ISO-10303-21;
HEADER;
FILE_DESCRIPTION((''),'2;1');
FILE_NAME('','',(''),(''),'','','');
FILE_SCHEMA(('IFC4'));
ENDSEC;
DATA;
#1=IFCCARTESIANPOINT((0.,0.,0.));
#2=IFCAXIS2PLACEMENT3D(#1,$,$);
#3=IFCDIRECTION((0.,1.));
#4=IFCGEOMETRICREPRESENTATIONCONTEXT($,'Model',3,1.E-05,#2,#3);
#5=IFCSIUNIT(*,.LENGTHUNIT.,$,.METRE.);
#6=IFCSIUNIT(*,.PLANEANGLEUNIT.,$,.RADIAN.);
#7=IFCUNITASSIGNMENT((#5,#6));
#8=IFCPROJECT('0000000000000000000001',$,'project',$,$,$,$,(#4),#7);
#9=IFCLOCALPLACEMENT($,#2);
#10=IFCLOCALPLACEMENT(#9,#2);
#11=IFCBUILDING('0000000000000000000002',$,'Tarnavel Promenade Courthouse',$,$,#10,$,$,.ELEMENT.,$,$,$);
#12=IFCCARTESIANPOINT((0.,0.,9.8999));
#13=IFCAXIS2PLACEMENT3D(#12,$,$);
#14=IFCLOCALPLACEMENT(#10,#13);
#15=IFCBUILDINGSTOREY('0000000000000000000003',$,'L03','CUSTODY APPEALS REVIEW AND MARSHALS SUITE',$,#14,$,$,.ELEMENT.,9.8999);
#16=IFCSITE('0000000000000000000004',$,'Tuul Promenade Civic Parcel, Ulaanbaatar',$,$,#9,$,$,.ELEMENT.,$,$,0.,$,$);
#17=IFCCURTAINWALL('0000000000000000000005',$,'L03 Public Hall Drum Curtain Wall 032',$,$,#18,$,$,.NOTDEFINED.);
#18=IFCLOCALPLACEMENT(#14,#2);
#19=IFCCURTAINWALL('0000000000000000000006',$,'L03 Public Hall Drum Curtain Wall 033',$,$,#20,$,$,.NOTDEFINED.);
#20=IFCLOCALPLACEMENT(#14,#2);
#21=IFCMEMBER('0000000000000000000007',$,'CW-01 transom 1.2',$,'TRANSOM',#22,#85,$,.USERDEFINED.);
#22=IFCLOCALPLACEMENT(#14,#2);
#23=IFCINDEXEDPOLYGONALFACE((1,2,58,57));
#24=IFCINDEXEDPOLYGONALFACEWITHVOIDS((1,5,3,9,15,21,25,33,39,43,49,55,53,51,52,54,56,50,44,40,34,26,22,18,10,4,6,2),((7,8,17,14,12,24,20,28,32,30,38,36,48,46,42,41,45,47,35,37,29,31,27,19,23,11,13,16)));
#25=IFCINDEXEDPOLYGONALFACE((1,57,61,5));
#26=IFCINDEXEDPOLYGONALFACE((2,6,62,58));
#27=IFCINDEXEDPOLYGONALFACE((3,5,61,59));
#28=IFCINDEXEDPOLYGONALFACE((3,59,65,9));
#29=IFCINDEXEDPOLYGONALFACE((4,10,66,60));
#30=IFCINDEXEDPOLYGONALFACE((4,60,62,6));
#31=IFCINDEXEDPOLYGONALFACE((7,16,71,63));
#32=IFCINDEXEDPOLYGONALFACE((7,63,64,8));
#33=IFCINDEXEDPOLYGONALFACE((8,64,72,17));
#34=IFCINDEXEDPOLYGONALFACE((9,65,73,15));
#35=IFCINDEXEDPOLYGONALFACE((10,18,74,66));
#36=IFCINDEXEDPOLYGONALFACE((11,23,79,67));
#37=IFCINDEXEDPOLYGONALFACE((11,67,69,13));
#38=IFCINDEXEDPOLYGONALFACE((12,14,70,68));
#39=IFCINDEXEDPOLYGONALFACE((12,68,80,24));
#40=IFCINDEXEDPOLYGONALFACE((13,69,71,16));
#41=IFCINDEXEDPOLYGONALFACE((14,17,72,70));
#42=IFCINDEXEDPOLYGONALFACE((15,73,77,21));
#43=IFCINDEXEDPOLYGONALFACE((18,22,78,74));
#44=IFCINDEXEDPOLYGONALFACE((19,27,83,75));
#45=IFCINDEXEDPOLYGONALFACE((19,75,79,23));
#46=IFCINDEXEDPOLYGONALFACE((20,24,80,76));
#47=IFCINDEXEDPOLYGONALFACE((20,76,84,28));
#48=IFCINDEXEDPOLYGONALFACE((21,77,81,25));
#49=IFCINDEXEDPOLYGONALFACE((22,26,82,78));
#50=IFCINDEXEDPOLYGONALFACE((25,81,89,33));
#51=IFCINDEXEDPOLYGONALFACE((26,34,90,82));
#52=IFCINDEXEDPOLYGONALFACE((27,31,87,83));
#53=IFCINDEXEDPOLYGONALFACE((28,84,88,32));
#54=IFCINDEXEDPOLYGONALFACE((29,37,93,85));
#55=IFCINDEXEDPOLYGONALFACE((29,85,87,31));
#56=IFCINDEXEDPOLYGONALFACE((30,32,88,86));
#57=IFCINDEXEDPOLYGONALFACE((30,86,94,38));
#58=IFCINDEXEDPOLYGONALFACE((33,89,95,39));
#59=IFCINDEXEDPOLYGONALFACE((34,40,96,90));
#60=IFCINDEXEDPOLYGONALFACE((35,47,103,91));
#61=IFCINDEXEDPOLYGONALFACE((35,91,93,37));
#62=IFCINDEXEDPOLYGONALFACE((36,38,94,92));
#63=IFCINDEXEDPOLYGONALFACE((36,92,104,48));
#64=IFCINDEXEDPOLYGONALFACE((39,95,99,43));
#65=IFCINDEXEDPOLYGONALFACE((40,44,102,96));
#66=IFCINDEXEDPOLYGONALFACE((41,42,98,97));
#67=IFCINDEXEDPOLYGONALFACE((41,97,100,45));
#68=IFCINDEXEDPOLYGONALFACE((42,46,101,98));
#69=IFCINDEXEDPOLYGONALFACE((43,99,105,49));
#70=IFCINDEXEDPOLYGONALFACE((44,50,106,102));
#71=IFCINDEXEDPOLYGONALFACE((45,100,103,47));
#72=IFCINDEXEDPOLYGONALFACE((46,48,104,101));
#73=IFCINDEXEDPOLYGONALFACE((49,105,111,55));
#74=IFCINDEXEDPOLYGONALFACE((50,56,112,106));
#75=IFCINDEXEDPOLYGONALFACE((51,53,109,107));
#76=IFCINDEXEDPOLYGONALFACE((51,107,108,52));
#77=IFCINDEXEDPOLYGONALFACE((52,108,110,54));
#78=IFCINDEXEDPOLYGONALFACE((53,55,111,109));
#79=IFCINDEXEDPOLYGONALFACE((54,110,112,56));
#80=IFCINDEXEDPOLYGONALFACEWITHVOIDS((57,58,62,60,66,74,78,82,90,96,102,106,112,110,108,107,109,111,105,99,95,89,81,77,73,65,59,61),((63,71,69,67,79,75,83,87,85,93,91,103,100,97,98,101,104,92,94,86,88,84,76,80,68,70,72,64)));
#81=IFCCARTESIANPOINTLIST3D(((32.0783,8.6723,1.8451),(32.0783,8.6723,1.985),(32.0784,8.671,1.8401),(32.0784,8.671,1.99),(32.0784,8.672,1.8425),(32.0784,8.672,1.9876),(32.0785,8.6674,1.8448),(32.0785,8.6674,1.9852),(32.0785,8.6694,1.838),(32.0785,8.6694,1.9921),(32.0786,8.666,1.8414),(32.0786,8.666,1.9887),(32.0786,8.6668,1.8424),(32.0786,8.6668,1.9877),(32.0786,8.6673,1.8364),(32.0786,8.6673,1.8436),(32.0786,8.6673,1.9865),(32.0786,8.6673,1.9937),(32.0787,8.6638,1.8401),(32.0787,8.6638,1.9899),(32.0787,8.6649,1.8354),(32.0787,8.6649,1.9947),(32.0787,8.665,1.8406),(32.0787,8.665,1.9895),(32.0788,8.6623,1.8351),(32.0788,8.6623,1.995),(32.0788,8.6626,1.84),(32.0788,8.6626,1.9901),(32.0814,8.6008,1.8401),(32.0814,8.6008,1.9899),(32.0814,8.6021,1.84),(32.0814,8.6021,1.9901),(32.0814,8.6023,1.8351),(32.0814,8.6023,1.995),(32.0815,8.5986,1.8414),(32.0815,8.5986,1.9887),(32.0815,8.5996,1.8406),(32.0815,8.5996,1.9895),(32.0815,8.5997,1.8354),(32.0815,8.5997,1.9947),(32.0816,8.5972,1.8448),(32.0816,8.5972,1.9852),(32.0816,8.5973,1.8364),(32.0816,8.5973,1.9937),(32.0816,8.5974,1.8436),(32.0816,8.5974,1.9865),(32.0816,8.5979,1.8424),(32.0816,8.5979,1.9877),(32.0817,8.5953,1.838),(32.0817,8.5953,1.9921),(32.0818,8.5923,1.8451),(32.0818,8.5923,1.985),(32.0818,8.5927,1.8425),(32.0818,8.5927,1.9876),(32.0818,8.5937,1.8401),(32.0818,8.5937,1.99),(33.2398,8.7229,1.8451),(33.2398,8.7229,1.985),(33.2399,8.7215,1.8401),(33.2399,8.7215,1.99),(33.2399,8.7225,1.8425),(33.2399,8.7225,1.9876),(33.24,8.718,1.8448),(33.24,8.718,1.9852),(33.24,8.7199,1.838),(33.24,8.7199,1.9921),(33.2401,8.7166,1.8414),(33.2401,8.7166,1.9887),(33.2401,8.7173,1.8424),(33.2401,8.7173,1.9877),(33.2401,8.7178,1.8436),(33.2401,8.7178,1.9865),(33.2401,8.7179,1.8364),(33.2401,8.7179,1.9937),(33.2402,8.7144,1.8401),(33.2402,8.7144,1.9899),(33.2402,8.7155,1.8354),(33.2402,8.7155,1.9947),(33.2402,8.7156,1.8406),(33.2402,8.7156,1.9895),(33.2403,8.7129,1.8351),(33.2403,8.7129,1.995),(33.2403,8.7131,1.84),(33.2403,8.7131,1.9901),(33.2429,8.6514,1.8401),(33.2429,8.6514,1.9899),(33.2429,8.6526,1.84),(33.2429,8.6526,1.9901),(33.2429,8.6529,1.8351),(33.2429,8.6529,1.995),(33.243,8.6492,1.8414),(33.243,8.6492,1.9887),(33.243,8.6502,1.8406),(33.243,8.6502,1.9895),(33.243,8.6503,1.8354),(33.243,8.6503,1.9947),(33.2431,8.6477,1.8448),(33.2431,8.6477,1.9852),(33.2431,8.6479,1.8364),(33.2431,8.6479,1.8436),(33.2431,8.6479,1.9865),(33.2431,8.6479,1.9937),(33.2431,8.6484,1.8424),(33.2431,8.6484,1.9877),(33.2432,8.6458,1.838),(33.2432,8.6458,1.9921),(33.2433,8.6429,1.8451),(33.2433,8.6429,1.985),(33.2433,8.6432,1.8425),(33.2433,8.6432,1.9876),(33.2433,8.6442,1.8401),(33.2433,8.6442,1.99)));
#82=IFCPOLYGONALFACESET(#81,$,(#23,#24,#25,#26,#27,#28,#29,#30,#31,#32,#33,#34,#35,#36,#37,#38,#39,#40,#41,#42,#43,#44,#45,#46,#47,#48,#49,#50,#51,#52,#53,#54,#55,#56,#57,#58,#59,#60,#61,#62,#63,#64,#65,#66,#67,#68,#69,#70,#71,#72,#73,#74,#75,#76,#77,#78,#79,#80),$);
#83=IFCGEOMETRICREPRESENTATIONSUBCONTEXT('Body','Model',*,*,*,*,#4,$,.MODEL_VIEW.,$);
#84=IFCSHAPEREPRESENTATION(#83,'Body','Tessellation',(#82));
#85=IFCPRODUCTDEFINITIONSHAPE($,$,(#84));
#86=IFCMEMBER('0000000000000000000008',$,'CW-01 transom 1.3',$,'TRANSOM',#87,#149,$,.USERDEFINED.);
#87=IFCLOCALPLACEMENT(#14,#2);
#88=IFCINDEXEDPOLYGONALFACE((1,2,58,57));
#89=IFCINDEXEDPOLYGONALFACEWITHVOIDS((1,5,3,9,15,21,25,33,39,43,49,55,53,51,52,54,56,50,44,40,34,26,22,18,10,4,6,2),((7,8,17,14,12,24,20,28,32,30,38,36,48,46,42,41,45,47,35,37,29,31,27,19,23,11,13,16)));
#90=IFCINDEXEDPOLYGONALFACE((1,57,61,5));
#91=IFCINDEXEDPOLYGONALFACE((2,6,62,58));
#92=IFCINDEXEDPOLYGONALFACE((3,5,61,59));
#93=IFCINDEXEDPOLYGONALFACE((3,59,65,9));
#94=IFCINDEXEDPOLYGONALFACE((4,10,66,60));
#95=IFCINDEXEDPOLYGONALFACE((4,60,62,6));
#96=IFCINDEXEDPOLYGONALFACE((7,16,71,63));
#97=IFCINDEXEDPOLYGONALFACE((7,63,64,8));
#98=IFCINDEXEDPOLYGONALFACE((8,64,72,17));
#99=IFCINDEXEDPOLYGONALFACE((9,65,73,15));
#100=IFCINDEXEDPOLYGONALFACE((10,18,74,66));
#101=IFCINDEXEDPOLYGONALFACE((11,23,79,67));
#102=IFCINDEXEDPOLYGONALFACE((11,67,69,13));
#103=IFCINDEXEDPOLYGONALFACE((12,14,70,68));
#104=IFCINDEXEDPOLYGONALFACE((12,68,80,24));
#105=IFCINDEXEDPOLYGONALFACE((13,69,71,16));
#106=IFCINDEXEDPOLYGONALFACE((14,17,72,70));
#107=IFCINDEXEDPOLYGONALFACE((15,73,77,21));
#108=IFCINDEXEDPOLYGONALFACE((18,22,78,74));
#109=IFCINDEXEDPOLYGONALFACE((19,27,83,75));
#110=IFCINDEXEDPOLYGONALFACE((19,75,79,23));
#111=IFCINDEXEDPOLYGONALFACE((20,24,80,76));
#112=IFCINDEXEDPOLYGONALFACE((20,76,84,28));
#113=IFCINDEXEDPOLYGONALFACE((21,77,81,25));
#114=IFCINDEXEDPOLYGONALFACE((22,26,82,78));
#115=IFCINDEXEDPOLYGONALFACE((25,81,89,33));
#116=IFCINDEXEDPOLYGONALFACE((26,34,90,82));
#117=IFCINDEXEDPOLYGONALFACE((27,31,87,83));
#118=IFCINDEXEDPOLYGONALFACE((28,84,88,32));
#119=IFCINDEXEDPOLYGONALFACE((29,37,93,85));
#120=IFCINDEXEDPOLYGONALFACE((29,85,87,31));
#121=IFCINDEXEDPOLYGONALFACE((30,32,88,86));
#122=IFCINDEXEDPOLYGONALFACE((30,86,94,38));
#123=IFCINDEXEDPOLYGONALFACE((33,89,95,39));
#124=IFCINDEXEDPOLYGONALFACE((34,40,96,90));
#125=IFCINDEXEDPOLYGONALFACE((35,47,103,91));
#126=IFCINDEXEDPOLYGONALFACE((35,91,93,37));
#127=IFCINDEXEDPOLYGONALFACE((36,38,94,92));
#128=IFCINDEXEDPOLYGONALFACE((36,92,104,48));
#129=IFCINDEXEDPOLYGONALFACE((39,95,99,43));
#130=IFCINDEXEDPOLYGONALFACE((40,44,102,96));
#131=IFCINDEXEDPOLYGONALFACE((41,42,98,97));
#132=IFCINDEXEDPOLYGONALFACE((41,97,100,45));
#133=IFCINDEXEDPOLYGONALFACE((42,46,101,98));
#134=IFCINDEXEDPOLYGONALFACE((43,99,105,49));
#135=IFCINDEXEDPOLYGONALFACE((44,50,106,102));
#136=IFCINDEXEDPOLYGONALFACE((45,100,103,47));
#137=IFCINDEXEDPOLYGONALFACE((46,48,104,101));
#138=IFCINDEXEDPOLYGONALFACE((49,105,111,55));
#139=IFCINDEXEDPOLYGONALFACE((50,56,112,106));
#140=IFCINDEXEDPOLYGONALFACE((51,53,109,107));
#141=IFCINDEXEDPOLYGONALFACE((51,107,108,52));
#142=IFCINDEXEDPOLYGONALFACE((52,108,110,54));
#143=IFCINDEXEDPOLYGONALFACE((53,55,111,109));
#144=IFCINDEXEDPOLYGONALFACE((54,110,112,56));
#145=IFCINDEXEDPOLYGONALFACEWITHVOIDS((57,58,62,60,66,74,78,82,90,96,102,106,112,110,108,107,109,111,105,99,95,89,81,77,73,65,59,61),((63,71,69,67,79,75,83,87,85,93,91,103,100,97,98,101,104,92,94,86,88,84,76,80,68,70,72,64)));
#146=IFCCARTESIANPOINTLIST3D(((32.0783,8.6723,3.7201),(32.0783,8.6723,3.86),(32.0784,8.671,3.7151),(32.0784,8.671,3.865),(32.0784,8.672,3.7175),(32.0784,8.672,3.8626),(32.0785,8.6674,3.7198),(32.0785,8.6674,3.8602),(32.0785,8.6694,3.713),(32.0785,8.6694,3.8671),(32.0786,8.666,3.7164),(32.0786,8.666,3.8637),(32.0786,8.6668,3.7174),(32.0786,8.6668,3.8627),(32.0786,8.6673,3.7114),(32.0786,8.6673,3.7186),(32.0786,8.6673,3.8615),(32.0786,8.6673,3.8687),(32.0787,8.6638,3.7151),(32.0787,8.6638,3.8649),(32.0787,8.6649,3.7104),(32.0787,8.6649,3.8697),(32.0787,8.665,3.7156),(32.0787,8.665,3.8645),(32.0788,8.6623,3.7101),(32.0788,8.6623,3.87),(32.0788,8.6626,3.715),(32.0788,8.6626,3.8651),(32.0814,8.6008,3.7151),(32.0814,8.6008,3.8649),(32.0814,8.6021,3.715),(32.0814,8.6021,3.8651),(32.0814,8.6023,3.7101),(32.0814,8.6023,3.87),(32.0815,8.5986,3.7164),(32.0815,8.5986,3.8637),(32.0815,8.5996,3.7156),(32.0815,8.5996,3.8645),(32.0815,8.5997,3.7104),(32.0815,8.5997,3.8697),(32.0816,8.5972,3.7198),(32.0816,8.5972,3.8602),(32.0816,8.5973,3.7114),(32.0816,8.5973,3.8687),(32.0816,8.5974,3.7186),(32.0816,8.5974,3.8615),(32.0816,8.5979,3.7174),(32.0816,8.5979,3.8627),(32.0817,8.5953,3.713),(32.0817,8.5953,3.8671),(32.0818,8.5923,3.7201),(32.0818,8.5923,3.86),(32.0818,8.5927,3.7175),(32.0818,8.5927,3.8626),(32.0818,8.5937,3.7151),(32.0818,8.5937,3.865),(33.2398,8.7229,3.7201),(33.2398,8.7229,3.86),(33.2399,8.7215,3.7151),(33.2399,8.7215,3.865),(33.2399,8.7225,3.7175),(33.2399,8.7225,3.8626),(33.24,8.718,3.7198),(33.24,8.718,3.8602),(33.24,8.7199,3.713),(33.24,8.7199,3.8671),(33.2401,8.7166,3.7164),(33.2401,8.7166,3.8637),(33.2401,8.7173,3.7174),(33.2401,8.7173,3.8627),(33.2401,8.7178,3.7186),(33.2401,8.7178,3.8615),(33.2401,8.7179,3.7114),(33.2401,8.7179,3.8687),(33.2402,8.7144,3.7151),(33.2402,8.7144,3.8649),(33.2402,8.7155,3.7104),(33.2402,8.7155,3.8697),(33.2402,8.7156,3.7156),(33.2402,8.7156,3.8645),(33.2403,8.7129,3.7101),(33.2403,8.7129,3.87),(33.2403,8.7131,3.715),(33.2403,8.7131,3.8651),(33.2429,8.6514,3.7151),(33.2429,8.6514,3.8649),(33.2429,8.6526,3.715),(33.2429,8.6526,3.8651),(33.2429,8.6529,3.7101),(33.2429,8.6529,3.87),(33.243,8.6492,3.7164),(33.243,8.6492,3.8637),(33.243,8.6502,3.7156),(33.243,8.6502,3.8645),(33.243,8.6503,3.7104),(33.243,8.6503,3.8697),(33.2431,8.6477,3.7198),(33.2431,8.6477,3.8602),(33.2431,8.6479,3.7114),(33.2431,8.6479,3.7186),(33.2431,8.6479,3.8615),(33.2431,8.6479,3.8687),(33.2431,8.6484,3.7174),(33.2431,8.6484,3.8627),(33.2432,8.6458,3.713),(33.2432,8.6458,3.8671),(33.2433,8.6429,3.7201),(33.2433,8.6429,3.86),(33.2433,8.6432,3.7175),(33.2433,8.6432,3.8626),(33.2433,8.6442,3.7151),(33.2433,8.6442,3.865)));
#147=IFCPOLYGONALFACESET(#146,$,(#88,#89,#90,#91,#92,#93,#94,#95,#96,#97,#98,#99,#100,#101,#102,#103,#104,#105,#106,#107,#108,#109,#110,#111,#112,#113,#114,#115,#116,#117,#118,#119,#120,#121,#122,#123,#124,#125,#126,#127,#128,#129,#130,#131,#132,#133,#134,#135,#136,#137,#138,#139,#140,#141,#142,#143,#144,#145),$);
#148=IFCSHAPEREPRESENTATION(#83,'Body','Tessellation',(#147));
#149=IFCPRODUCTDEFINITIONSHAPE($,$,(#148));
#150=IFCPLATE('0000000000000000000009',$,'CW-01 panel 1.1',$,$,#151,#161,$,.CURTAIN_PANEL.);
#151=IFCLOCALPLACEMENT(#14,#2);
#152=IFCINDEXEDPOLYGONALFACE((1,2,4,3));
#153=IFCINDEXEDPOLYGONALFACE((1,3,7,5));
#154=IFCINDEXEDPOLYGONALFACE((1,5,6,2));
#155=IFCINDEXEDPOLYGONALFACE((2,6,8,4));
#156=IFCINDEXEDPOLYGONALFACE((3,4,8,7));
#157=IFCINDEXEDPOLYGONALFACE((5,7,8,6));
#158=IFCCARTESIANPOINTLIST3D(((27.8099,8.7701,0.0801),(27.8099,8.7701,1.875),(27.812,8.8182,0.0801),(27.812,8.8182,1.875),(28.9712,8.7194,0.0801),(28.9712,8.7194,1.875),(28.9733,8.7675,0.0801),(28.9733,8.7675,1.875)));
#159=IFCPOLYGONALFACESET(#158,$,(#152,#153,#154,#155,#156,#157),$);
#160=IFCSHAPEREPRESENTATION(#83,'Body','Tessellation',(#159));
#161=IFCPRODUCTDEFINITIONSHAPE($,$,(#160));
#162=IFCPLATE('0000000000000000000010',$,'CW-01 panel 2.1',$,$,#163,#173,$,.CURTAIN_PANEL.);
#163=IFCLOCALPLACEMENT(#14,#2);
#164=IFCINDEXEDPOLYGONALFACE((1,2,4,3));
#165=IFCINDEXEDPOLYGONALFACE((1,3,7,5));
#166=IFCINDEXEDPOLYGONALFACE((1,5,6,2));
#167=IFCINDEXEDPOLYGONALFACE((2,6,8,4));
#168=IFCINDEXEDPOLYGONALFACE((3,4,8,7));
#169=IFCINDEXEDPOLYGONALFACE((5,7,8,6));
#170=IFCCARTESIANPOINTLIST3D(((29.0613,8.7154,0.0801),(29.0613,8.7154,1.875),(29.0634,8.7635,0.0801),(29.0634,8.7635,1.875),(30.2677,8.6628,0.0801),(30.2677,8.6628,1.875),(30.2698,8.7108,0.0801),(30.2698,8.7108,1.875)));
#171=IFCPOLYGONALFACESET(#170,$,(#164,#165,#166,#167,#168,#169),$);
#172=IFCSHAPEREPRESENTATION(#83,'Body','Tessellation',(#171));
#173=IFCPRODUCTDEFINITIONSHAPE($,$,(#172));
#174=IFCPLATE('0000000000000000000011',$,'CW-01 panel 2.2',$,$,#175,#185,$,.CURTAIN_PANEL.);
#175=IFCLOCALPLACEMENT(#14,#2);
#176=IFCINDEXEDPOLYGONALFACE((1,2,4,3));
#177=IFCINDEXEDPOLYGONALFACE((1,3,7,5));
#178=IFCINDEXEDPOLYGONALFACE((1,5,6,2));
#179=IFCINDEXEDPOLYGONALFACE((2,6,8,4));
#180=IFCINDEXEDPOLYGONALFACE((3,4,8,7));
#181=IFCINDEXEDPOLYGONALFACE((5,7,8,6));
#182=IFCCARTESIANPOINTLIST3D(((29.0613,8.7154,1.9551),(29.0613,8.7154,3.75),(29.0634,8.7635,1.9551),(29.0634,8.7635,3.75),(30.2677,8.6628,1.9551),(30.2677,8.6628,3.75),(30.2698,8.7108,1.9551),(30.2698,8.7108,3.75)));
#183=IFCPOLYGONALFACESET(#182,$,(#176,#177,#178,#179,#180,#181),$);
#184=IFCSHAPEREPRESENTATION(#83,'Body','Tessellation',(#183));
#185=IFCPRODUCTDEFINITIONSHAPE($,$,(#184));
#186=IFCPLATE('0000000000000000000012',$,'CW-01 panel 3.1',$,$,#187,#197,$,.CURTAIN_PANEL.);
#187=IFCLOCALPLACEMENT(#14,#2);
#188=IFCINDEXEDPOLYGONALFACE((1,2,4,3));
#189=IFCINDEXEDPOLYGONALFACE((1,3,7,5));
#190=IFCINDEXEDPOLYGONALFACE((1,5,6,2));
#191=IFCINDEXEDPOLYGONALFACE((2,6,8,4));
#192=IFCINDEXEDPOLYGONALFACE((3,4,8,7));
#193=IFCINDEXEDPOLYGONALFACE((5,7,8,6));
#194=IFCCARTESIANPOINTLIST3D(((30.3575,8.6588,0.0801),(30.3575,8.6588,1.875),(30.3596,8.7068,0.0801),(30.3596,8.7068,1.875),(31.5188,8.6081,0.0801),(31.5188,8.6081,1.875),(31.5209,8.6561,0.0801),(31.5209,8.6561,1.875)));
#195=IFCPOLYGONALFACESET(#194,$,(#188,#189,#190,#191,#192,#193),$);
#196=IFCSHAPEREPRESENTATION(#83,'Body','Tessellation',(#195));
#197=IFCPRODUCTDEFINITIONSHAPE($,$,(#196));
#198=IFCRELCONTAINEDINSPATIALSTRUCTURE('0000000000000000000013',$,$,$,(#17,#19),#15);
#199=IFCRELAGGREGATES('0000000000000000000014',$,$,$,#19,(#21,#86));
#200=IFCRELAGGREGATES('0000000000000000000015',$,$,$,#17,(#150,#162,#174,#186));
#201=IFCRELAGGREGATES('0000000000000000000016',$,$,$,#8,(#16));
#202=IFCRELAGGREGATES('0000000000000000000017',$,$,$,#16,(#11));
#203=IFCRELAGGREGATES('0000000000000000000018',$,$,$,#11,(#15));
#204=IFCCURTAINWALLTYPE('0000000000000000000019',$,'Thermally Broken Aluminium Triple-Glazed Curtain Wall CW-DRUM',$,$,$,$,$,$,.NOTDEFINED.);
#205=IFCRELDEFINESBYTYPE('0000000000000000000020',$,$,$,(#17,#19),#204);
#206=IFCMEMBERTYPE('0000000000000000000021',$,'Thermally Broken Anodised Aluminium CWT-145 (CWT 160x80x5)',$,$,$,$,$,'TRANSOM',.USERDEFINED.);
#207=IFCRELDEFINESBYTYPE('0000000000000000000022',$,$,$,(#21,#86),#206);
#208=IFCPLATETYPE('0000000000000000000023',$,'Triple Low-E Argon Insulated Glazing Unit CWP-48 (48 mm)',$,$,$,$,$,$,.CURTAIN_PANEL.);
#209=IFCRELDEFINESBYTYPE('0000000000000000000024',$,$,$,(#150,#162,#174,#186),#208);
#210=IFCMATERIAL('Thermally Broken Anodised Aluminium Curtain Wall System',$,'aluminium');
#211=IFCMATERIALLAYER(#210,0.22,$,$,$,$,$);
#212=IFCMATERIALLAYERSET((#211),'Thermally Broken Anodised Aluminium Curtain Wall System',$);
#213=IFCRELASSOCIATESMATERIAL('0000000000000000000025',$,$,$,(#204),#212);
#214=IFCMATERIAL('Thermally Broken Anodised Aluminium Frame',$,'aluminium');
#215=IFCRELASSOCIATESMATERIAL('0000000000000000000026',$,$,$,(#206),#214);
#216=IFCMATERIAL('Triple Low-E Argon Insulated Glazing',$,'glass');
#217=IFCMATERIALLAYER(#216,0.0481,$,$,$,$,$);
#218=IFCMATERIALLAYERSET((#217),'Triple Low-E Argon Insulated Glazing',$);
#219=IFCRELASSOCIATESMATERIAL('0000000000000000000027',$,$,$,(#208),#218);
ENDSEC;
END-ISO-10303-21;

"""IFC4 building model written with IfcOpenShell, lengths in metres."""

from ifc_helpers import new_model, si_unit, direction, frame, origin, origin_2d, place, context, subcontext, project, spatial, rectangle, hollow_rectangle, extrude, material, layer, layer_set, material_profile, profile_set, type_object, element, aggregate, save


model = new_model("IFC4")

# Units and contexts
model_context = context("Model", 3, precision=1e-05, world=origin(), true_north=direction((0.0, 1.0)))
body_context = subcontext(model_context, "Body", "Model", "MODEL_VIEW")
ifc_project = project(units=[si_unit("LENGTHUNIT", "METRE"), si_unit("PLANEANGLEUNIT", "RADIAN")], contexts=[model_context])

# Site, building, storey
site_placement = place(None, origin())
site = spatial("IfcSite", under=ifc_project, at=site_placement, Name="Tuul Promenade Civic Parcel, Ulaanbaatar", CompositionType="ELEMENT", RefElevation=0.0)
building_placement = place(site_placement, origin())
building = spatial("IfcBuilding", under=site, at=building_placement, Name="Tarnavel Promenade Courthouse", CompositionType="ELEMENT")
storey_placement = place(building_placement, frame((0.0, 0.0, 9.8999)))
storey = spatial("IfcBuildingStorey", under=building, at=storey_placement, Name="L03", Description="CUSTODY APPEALS REVIEW AND MARSHALS SUITE", CompositionType="ELEMENT", Elevation=9.8999)

# Curtain wall
ifc_material_1 = material(Name="Thermally Broken Anodised Aluminium Curtain Wall System", Category="aluminium")
ifc_layer_1 = layer(ifc_material_1, 0.22)
ifc_layer_set_1 = layer_set([ifc_layer_1], Name="Thermally Broken Anodised Aluminium Curtain Wall System")
curtain_wall_type = type_object("IfcCurtainWallType", Name="Thermally Broken Aluminium Triple-Glazed Curtain Wall CW-DRUM", PredefinedType="NOTDEFINED", material=ifc_layer_set_1)
curtain_wall_1_placement = place(storey_placement, origin())
curtain_wall_1 = element("IfcCurtainWall", 1, at=curtain_wall_1_placement, inside=storey, type_object=curtain_wall_type, Name="L03 Public Hall Drum Curtain Wall 032", PredefinedType="NOTDEFINED")
ifc_material_2 = material(Name="Thermally Broken Anodised Aluminium Frame", Category="aluminium")

# Curtain wall
curtain_wall_2_placement = place(storey_placement, origin())
curtain_wall_2 = element("IfcCurtainWall", 2, at=curtain_wall_2_placement, inside=storey, type_object=curtain_wall_type, Name="L03 Public Hall Drum Curtain Wall 033", PredefinedType="NOTDEFINED")

# Members
ifc_material_profile_1 = material_profile(ifc_material_2, hollow_rectangle(XDim=0.0801, YDim=0.1599, WallThickness=0.0049, InnerFilletRadius=0.0049, OuterFilletRadius=0.01, at=origin_2d()), Name="CWT 160x80x5")
ifc_profile_set_1 = profile_set([ifc_material_profile_1], Name="Thermally Broken Anodised Aluminium Frame")
member_type_1 = type_object("IfcMemberType", Name="Thermally Broken Anodised Aluminium CWT-145 (CWT 160x80x5)", ElementType="TRANSOM", PredefinedType="USERDEFINED", material=ifc_profile_set_1)
member_1_placement = place(storey_placement, frame((32.0801, 8.6323, 1.915), z_axis=(0.999055, 0.043474, 0.0), x_axis=(-0.043474, 0.999055, 0.0)))
member_1 = element("IfcMember", 3, at=member_1_placement, type_object=member_type_1, Name="CW-01 transom 1.2", ObjectType="TRANSOM", PredefinedType="USERDEFINED", context=body_context, shape_type="SweptSolid", body=[
    extrude(hollow_rectangle(XDim=0.0801, YDim=0.1599, WallThickness=0.0049, InnerFilletRadius=0.0049, OuterFilletRadius=0.01, at=origin_2d()), origin(), (0.0, 0.0, 1.0), 1.1626),
])
member_2_placement = place(storey_placement, frame((32.0801, 8.6323, 3.79), z_axis=(0.999055, 0.043474, 0.0), x_axis=(-0.043474, 0.999055, 0.0)))
member_2 = element("IfcMember", 4, at=member_2_placement, type_object=member_type_1, Name="CW-01 transom 1.3", ObjectType="TRANSOM", PredefinedType="USERDEFINED", context=body_context, shape_type="SweptSolid", body=[
    extrude(hollow_rectangle(XDim=0.0801, YDim=0.1599, WallThickness=0.0049, InnerFilletRadius=0.0049, OuterFilletRadius=0.01, at=origin_2d()), origin(), (0.0, 0.0, 1.0), 1.1626),
])
aggregate(curtain_wall_2, [member_1, member_2])

# Plates
ifc_material_3 = material(Name="Triple Low-E Argon Insulated Glazing", Category="glass")
ifc_layer_2 = layer(ifc_material_3, 0.0481)
ifc_layer_set_2 = layer_set([ifc_layer_2], Name="Triple Low-E Argon Insulated Glazing")
plate_type = type_object("IfcPlateType", Name="Triple Low-E Argon Insulated Glazing Unit CWP-48 (48 mm)", PredefinedType="CURTAIN_PANEL", material=ifc_layer_set_2)
plate_1_placement = place(storey_placement, frame((28.3916, 8.7688, 0.0801), z_axis=(0.0, 0.0, 1.0), x_axis=(0.999048, -0.043619, 0.0)))
plate_1 = element("IfcPlate", 5, at=plate_1_placement, type_object=plate_type, Name="CW-01 panel 1.1", PredefinedType="CURTAIN_PANEL", context=body_context, shape_type="SweptSolid", body=[
    extrude(rectangle(XDim=1.1624, YDim=0.0481, at=origin_2d()), origin(), (0.0, 0.0, 1.0), 1.7949),
])
plate_2_placement = place(storey_placement, frame((29.6655, 8.7131, 0.0801), z_axis=(0.0, 0.0, 1.0), x_axis=(0.999048, -0.043619, 0.0)))
plate_2 = element("IfcPlate", 6, at=plate_2_placement, type_object=plate_type, Name="CW-01 panel 2.1", PredefinedType="CURTAIN_PANEL", context=body_context, shape_type="SweptSolid", body=[
    extrude(rectangle(XDim=1.2075, YDim=0.0481, at=origin_2d()), origin(), (0.0, 0.0, 1.0), 1.7949),
])
plate_3_placement = place(storey_placement, frame((29.6655, 8.7131, 1.9551), z_axis=(0.0, 0.0, 1.0), x_axis=(0.999048, -0.043619, 0.0)))
plate_3 = element("IfcPlate", 7, at=plate_3_placement, type_object=plate_type, Name="CW-01 panel 2.2", PredefinedType="CURTAIN_PANEL", context=body_context, shape_type="SweptSolid", body=[
    extrude(rectangle(XDim=1.2075, YDim=0.0481, at=origin_2d()), origin(), (0.0, 0.0, 1.0), 1.7949),
])
plate_4_placement = place(storey_placement, frame((30.9392, 8.6575, 0.0801), z_axis=(0.0, 0.0, 1.0), x_axis=(0.999048, -0.043619, 0.0)))
plate_4 = element("IfcPlate", 8, at=plate_4_placement, type_object=plate_type, Name="CW-01 panel 3.1", PredefinedType="CURTAIN_PANEL", context=body_context, shape_type="SweptSolid", body=[
    extrude(rectangle(XDim=1.1624, YDim=0.0481, at=origin_2d()), origin(), (0.0, 0.0, 1.0), 1.7949),
])
aggregate(curtain_wall_1, [plate_1, plate_2, plate_3, plate_4])

save(model, "model.ifc")
